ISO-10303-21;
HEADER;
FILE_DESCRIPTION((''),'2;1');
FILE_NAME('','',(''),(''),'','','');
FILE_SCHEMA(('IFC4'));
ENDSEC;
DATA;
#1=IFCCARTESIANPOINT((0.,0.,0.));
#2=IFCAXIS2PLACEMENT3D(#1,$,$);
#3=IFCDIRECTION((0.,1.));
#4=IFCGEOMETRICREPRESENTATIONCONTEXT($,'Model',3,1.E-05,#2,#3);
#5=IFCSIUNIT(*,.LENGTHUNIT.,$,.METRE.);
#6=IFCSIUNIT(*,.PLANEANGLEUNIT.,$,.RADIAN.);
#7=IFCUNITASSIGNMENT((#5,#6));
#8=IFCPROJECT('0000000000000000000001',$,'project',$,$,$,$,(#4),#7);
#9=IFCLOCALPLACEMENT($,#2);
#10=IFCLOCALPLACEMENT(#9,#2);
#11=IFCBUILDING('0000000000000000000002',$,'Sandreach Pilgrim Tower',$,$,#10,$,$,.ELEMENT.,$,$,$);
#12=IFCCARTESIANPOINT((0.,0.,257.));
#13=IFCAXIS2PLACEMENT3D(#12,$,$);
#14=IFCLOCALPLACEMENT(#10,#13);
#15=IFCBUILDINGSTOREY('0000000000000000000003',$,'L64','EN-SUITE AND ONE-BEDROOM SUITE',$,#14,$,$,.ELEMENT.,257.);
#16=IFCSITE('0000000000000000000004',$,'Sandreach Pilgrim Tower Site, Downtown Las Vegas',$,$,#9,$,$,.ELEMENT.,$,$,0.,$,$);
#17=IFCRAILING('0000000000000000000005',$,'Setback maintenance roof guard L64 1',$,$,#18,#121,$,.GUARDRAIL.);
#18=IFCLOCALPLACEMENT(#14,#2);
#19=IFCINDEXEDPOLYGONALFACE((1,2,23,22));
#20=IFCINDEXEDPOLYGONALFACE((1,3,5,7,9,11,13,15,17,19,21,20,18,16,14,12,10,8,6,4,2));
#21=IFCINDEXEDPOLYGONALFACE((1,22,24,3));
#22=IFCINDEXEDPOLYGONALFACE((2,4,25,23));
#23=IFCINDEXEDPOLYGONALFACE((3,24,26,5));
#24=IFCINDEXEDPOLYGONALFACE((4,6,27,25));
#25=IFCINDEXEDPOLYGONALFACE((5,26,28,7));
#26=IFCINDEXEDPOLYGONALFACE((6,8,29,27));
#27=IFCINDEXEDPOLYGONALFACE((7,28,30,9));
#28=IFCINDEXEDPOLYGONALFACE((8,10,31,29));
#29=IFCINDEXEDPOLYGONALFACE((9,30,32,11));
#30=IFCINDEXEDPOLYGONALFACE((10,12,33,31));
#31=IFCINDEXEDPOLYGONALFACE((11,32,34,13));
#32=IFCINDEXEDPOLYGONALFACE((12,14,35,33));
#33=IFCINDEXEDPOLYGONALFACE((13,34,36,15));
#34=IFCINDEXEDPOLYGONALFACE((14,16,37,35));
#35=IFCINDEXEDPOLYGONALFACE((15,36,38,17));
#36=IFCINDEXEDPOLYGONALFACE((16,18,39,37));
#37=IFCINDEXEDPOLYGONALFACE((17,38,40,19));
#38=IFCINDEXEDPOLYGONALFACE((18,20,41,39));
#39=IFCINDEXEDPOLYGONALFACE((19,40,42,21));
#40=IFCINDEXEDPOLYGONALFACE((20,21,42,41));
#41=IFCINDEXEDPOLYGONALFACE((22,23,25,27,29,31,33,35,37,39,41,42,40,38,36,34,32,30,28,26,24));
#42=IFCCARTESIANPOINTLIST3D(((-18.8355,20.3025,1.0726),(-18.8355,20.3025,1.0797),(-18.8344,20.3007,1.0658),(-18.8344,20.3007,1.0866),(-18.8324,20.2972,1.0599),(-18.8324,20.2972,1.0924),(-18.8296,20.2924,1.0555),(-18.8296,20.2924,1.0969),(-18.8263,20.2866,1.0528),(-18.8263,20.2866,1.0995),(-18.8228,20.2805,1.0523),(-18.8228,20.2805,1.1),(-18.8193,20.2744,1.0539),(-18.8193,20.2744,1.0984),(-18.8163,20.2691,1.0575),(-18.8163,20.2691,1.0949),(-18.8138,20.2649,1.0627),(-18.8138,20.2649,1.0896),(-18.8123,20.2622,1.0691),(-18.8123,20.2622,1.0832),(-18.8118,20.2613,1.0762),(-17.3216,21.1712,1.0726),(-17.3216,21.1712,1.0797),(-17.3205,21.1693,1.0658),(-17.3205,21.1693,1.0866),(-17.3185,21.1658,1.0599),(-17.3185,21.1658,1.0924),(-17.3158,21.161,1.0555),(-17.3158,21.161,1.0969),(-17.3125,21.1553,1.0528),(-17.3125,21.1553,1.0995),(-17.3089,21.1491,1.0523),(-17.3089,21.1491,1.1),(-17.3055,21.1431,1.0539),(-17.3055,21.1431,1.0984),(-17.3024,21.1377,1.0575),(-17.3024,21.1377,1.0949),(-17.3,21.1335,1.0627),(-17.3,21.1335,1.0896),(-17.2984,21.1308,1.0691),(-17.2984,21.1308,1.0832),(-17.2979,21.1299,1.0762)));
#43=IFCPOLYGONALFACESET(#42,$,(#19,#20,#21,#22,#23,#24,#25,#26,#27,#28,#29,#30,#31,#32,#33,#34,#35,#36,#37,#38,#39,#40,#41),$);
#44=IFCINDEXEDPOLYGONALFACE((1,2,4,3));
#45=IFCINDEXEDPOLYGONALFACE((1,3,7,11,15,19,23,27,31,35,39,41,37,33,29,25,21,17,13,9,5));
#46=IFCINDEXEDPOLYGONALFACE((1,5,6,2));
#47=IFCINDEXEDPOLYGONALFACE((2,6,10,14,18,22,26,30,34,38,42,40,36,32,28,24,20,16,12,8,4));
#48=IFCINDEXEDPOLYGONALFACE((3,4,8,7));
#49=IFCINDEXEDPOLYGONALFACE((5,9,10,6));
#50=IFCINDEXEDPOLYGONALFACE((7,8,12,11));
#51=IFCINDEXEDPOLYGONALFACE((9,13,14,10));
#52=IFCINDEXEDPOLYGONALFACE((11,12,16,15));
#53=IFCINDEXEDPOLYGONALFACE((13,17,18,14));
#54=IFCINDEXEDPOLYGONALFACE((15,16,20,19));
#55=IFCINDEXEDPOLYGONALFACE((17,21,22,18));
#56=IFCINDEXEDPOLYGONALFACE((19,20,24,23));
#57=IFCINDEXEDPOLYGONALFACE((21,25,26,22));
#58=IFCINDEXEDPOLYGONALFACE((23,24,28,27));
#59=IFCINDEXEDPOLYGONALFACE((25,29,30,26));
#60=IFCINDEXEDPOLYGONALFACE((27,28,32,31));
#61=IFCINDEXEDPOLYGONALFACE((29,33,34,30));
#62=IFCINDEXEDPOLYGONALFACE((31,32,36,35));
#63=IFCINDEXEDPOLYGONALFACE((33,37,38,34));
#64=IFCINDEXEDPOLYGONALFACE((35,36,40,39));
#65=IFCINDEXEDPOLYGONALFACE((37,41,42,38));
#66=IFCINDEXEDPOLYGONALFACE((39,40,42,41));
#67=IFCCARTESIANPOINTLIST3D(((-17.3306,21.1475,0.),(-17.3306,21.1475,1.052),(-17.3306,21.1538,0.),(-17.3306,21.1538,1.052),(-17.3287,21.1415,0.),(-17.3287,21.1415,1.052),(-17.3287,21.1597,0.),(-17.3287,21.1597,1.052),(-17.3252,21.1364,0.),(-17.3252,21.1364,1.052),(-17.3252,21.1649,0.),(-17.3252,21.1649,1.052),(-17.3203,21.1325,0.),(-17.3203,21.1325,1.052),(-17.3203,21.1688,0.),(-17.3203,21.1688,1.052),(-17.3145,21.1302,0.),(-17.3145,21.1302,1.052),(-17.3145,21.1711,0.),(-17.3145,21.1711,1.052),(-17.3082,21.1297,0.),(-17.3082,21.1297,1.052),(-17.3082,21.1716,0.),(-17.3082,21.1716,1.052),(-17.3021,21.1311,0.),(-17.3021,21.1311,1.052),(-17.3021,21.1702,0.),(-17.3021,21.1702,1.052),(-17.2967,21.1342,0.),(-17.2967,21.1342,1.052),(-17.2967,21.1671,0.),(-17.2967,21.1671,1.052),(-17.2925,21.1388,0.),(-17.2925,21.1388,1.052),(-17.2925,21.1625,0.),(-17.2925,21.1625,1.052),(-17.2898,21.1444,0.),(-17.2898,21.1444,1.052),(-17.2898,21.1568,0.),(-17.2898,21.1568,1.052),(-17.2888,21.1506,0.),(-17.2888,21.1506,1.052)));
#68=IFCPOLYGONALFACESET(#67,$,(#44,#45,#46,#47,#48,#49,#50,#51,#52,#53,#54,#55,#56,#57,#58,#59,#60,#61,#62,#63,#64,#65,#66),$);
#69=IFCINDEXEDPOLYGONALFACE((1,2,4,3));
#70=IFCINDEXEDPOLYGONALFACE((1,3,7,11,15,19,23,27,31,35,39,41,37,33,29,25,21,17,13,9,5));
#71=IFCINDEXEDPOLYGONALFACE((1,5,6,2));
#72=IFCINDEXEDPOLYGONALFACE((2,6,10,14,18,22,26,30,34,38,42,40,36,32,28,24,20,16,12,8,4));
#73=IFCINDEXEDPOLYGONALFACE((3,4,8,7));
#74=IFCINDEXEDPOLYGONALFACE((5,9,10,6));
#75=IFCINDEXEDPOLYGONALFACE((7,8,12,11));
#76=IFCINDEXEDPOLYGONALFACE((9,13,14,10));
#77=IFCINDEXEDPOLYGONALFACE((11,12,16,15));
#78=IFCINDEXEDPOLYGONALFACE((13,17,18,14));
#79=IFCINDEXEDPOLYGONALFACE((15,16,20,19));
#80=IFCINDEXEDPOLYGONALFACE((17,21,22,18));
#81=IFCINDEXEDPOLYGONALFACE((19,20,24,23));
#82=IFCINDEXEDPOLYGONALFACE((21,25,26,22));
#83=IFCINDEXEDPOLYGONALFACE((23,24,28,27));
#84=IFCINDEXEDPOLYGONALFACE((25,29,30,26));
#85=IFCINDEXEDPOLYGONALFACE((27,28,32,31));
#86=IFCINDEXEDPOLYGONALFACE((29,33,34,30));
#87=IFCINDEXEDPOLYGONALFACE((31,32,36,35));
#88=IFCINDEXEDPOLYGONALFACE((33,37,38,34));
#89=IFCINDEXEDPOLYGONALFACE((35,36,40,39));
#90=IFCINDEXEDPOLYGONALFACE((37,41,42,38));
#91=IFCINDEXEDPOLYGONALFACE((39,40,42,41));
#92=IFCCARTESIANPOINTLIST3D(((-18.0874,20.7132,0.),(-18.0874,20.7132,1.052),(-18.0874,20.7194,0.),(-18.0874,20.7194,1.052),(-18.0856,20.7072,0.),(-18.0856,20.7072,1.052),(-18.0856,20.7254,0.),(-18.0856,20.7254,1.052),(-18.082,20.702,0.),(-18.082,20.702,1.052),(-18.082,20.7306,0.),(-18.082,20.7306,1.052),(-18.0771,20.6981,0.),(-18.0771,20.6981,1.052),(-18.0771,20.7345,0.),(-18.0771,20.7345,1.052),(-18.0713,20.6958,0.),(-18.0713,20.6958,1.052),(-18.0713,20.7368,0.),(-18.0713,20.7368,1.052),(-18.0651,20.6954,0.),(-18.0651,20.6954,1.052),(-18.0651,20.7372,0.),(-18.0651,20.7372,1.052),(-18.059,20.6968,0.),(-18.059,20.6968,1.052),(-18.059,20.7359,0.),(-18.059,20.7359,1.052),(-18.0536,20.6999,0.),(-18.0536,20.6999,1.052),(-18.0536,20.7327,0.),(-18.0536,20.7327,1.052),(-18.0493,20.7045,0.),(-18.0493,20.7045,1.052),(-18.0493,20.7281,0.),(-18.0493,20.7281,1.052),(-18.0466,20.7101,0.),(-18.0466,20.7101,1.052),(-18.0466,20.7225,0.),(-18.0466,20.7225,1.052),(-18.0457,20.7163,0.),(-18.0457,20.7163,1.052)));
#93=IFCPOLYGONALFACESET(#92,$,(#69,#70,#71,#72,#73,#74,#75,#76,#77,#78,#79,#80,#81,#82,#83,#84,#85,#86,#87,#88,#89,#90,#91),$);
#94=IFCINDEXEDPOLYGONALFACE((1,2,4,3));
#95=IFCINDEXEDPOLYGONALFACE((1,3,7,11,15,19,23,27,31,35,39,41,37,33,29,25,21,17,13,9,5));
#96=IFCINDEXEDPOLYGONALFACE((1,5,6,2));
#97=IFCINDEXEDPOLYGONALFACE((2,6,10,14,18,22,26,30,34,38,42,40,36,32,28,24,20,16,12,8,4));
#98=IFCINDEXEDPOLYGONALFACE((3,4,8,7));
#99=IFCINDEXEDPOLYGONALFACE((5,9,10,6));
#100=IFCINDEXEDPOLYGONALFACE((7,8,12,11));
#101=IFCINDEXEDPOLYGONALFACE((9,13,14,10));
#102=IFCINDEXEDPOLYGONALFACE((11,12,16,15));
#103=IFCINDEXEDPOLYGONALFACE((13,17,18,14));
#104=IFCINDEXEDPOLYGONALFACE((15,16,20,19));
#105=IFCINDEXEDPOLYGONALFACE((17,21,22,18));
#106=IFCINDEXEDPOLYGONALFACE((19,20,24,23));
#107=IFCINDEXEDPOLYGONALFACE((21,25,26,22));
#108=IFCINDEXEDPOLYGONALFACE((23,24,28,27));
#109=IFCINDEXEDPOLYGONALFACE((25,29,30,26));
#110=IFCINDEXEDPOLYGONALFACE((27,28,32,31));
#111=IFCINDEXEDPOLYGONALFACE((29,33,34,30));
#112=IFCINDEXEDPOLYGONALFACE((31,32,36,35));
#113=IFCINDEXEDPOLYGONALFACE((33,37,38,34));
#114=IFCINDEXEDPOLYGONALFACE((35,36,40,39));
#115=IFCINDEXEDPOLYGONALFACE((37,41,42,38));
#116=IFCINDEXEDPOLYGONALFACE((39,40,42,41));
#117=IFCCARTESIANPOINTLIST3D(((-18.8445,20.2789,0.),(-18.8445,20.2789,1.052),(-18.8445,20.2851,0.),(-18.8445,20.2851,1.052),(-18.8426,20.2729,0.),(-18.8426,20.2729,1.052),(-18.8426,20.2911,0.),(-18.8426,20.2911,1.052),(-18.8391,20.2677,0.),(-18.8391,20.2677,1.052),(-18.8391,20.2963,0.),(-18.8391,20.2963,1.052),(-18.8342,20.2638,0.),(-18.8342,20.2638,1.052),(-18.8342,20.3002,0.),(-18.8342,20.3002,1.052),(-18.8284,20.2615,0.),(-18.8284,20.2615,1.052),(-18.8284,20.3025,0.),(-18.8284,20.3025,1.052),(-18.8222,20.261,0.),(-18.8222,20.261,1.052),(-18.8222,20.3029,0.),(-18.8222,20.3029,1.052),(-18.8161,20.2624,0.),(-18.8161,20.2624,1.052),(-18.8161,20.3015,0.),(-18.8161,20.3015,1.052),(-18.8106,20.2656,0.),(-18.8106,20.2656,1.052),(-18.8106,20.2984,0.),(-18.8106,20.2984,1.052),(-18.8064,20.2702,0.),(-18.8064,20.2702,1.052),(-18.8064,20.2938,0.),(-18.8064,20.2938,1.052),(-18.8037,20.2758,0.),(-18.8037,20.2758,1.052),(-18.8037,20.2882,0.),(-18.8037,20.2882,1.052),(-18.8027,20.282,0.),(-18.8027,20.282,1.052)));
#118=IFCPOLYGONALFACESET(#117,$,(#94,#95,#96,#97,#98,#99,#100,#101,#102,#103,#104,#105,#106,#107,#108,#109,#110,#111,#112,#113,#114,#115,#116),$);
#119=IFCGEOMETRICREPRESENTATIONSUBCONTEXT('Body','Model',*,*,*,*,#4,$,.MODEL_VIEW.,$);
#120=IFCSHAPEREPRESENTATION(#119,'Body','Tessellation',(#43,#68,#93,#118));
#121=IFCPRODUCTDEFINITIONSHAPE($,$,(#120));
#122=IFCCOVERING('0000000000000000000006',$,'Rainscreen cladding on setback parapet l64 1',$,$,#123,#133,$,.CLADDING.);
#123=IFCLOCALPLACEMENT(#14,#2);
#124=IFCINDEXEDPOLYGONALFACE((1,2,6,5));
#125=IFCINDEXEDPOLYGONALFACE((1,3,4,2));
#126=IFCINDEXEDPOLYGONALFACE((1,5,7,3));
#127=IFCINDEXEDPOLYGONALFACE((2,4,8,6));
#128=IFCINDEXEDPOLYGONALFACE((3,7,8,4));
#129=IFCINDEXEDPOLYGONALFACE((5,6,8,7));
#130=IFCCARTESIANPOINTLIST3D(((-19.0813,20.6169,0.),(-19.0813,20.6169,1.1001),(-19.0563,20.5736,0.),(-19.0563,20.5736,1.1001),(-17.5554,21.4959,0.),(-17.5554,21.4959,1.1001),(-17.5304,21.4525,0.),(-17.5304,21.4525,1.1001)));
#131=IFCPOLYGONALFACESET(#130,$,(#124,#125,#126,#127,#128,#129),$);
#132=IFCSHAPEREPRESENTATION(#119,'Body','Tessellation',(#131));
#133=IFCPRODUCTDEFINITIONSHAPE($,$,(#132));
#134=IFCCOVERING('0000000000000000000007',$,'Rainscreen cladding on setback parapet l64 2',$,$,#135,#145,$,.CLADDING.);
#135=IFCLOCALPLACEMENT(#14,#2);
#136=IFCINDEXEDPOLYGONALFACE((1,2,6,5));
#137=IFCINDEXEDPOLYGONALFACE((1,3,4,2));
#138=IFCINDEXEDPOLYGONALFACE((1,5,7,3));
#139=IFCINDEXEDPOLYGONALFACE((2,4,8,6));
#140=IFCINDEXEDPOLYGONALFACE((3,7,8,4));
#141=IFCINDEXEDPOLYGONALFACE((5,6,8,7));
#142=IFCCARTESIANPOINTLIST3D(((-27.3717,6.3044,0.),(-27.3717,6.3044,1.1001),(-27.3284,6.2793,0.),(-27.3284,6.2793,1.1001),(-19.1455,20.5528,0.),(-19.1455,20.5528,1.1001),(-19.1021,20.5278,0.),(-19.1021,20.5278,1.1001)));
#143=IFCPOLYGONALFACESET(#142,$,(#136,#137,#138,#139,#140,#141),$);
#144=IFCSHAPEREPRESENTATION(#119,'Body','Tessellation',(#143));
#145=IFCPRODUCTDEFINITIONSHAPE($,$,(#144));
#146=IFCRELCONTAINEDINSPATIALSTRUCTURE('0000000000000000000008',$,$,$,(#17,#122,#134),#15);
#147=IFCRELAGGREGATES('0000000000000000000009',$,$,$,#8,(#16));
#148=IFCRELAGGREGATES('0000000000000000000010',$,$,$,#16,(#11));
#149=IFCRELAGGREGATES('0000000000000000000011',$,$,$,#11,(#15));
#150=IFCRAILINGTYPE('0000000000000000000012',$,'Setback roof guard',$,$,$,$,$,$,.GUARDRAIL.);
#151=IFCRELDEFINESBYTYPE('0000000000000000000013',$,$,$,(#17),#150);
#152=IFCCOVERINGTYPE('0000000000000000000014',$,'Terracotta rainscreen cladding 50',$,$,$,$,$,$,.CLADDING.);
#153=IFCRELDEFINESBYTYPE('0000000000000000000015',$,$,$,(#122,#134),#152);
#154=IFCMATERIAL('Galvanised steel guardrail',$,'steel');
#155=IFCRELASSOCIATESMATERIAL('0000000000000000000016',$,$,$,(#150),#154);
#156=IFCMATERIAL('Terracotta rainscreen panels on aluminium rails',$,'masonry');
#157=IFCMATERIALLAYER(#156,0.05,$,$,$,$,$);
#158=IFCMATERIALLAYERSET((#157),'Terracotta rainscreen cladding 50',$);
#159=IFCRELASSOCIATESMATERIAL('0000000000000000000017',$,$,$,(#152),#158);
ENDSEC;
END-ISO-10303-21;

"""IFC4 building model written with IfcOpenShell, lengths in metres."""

from ifc_helpers import new_model, si_unit, direction, frame, frame_2d, origin, origin_2d, place, context, subcontext, project, spatial, rectangle, circle, extrude, material, layer, layer_set, type_object, element, save


model = new_model("IFC4")

# Units and contexts
model_context = context("Model", 3, precision=1e-05, world=origin(), true_north=direction((0.0, 1.0)))
body_context = subcontext(model_context, "Body", "Model", "MODEL_VIEW")
ifc_project = project(units=[si_unit("LENGTHUNIT", "METRE"), si_unit("PLANEANGLEUNIT", "RADIAN")], contexts=[model_context])

# Site, building, storey
site_placement = place(None, origin())
site = spatial("IfcSite", under=ifc_project, at=site_placement, Name="Sandreach Pilgrim Tower Site, Downtown Las Vegas", CompositionType="ELEMENT", RefElevation=0.0)
building_placement = place(site_placement, origin())
building = spatial("IfcBuilding", under=site, at=building_placement, Name="Sandreach Pilgrim Tower", CompositionType="ELEMENT")
storey_placement = place(building_placement, frame((0.0, 0.0, 257.0)))
storey = spatial("IfcBuildingStorey", under=building, at=storey_placement, Name="L64", Description="EN-SUITE AND ONE-BEDROOM SUITE", CompositionType="ELEMENT", Elevation=257.0)

# Railing
ifc_material_1 = material(Name="Galvanised steel guardrail", Category="steel")
railing_type = type_object("IfcRailingType", Name="Setback roof guard", PredefinedType="GUARDRAIL", material=ifc_material_1)
railing_1_placement = place(storey_placement, frame((-17.3098, 21.1506, 0.0)))
element("IfcRailing", 1, at=railing_1_placement, inside=storey, type_object=railing_type, Name="Setback maintenance roof guard L64 1", PredefinedType="GUARDRAIL", context=body_context, shape_type="SweptSolid", body=[
    extrude(circle(Radius=0.0239, at=origin_2d()), frame((0.0, 0.0, 1.0762), z_axis=(-0.867364, -0.497675, 0.0), x_axis=(0.497675, -0.867364, 0.0)), (0.0, 0.0, 1.0), 1.7454),
    extrude(circle(Radius=0.021, at=origin_2d()), origin(), (0.0, 0.0, 1.0), 1.052),
    extrude(circle(Radius=0.021, at=origin_2d()), frame((-0.7568, -0.4343, 0.0)), (0.0, 0.0, 1.0), 1.052),
    extrude(circle(Radius=0.021, at=origin_2d()), frame((-1.5139, -0.8687, 0.0)), (0.0, 0.0, 1.0), 1.052),
])

# Coverings
ifc_material_2 = material(Name="Terracotta rainscreen panels on aluminium rails", Category="masonry")
ifc_layer_1 = layer(ifc_material_2, 0.05)
ifc_layer_set_1 = layer_set([ifc_layer_1], Name="Terracotta rainscreen cladding 50")
covering_type = type_object("IfcCoveringType", Name="Terracotta rainscreen cladding 50", PredefinedType="CLADDING", material=ifc_layer_set_1)
covering_1_placement = place(storey_placement, frame((-17.543, 21.4741, 0.0), z_axis=(0.0, 0.0, 1.0), x_axis=(-0.866532, -0.499122, 0.0)))
element("IfcCovering", 2, at=covering_1_placement, inside=storey, type_object=covering_type, Name="Rainscreen cladding on setback parapet l64 1", PredefinedType="CLADDING", context=body_context, shape_type="SweptSolid", body=[
    extrude(rectangle(XDim=1.761, YDim=0.05, at=frame_2d((0.8804, 0.0))), origin(), (0.0, 0.0, 1.0), 1.1001),
])
covering_2_placement = place(storey_placement, frame((-19.1238, 20.5403, 0.0), z_axis=(0.0, 0.0, 1.0), x_axis=(-0.499996, -0.866027, 0.0)))
element("IfcCovering", 3, at=covering_2_placement, inside=storey, type_object=covering_type, Name="Rainscreen cladding on setback parapet l64 2", PredefinedType="CLADDING", context=body_context, shape_type="SweptSolid", body=[
    extrude(rectangle(XDim=16.4526, YDim=0.05, at=frame_2d((8.2263, 0.0))), origin(), (0.0, 0.0, 1.0), 1.1001),
])

save(model, "model.ifc")
